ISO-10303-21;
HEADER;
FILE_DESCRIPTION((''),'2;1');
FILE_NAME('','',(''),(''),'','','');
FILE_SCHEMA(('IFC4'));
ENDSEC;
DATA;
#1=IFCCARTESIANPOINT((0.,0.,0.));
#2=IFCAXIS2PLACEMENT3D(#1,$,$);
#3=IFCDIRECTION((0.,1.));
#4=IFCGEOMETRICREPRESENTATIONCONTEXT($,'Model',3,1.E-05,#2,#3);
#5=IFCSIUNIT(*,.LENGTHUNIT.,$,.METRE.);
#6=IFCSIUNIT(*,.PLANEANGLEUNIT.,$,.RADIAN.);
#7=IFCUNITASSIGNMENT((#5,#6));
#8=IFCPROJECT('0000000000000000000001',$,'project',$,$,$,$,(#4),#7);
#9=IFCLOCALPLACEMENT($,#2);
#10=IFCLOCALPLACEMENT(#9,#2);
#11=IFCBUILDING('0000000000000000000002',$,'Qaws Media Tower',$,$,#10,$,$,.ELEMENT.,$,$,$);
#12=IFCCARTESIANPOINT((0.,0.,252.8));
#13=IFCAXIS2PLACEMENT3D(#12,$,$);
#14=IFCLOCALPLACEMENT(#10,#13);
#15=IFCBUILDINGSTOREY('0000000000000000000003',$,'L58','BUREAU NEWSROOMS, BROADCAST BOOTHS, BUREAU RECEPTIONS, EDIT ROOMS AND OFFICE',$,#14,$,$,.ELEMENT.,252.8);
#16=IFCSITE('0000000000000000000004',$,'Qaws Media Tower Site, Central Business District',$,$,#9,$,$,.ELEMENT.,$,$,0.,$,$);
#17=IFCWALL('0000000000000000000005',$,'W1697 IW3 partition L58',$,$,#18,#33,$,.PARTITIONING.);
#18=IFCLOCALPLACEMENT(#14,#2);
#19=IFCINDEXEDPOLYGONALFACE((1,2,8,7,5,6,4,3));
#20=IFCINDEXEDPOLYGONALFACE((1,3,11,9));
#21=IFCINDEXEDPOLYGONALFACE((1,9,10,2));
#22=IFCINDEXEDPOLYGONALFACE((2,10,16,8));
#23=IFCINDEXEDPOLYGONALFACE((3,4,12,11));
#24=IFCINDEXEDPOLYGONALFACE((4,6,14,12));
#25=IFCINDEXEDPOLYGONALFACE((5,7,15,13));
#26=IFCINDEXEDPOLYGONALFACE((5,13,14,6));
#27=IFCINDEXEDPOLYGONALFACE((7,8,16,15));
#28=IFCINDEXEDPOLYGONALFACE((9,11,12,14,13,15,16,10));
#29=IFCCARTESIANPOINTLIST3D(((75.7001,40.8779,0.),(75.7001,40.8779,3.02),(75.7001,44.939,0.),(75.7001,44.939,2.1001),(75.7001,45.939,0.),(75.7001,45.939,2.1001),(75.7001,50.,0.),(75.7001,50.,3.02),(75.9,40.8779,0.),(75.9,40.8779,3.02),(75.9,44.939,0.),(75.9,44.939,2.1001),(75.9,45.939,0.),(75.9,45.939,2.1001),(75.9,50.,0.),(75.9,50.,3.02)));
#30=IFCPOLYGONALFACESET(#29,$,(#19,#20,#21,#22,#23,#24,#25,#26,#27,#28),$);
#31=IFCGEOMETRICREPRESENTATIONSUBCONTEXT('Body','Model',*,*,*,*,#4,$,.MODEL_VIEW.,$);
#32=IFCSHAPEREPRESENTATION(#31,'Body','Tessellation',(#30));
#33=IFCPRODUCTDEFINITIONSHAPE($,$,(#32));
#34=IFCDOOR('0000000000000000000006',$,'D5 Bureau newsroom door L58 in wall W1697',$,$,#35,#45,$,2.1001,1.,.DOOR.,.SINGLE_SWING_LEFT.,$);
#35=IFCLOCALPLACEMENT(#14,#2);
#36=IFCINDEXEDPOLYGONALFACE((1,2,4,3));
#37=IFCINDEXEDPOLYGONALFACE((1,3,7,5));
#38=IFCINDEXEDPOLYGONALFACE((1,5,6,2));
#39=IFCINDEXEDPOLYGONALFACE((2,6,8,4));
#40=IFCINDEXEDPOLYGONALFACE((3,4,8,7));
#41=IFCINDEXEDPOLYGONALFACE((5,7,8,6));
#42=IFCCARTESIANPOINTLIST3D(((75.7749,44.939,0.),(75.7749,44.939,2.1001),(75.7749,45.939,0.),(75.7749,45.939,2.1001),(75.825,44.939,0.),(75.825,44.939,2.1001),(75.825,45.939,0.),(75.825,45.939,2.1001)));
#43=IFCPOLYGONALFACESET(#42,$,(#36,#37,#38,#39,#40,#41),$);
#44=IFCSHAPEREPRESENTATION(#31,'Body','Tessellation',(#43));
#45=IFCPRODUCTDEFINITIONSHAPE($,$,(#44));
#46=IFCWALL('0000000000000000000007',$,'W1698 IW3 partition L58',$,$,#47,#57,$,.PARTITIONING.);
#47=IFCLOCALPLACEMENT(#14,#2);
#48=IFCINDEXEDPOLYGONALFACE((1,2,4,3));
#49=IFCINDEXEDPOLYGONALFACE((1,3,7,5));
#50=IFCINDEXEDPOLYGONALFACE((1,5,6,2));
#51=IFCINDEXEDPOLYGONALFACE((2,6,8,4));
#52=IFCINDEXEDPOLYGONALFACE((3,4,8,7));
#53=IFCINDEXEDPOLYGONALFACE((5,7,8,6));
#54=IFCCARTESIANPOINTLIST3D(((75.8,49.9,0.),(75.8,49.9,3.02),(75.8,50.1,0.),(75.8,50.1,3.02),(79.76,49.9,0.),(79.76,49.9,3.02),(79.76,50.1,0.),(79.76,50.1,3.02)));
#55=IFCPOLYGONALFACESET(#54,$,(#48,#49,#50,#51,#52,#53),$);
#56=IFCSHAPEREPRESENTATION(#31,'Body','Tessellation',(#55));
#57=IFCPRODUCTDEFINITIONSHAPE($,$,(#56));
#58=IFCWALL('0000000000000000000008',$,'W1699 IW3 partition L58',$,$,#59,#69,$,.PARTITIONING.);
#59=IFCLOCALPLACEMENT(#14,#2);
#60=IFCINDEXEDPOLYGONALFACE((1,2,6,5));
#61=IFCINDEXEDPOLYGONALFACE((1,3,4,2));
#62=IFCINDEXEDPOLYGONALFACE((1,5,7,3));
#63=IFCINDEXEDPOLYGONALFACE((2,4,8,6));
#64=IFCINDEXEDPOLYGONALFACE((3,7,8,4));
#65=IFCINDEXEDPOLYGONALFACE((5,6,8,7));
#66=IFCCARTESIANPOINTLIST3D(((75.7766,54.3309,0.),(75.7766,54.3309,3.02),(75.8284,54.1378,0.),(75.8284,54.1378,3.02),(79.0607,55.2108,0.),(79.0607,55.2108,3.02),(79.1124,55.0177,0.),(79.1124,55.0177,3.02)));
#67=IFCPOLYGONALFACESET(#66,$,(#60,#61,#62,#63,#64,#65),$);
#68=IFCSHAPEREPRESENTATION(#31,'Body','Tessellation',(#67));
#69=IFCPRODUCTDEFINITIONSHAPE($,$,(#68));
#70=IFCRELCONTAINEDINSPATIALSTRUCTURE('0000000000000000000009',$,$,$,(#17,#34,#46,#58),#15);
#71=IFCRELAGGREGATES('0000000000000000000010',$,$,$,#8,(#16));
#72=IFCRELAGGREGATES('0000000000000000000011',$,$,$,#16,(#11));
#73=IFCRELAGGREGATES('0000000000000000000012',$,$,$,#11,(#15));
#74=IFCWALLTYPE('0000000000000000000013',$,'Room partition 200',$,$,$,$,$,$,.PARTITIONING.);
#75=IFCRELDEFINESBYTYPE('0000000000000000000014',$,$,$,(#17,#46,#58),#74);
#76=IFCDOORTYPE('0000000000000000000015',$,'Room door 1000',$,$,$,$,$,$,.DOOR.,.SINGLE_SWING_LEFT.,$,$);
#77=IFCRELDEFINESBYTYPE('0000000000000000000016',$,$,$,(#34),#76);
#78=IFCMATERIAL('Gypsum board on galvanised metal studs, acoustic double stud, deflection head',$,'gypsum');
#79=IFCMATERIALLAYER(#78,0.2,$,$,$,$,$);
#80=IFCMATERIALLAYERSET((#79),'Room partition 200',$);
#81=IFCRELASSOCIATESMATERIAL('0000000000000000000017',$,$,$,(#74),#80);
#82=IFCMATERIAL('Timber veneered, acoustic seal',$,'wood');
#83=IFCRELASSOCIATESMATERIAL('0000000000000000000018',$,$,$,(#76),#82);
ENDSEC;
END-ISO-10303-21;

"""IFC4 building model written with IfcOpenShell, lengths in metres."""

from ifc_helpers import new_model, si_unit, direction, frame, frame_2d, origin, place, context, subcontext, project, spatial, rectangle, extrude, material, layer, layer_set, type_object, element, fill, save


model = new_model("IFC4")

# Units and contexts
model_context = context("Model", 3, precision=1e-05, world=origin(), true_north=direction((0.0, 1.0)))
body_context = subcontext(model_context, "Body", "Model", "MODEL_VIEW")
ifc_project = project(units=[si_unit("LENGTHUNIT", "METRE"), si_unit("PLANEANGLEUNIT", "RADIAN")], contexts=[model_context])

# Site, building, storey
site_placement = place(None, origin())
site = spatial("IfcSite", under=ifc_project, at=site_placement, Name="Qaws Media Tower Site, Central Business District", CompositionType="ELEMENT", RefElevation=0.0)
building_placement = place(site_placement, origin())
building = spatial("IfcBuilding", under=site, at=building_placement, Name="Qaws Media Tower", CompositionType="ELEMENT")
storey_placement = place(building_placement, frame((0.0, 0.0, 252.8)))
storey = spatial("IfcBuildingStorey", under=building, at=storey_placement, Name="L58", Description="BUREAU NEWSROOMS, BROADCAST BOOTHS, BUREAU RECEPTIONS, EDIT ROOMS AND OFFICE", CompositionType="ELEMENT", Elevation=252.8)

# Wall, opening, door
ifc_material_1 = material(Name="Gypsum board on galvanised metal studs, acoustic double stud, deflection head", Category="gypsum")
ifc_layer_1 = layer(ifc_material_1, 0.2)
ifc_layer_set_1 = layer_set([ifc_layer_1], Name="Room partition 200")
wall_type_1 = type_object("IfcWallType", Name="Room partition 200", PredefinedType="PARTITIONING", material=ifc_layer_set_1)
wall_1_placement = place(storey_placement, frame((75.8, 50.0, 0.0), z_axis=(0.0, 0.0, 1.0), x_axis=(0.0, -1.0, 0.0)))
wall_1 = element("IfcWall", 1, at=wall_1_placement, inside=storey, type_object=wall_type_1, Name="W1697 IW3 partition L58", PredefinedType="PARTITIONING", context=body_context, shape_type="SweptSolid", body=[
    extrude(rectangle(XDim=9.1221, YDim=0.2, at=frame_2d((4.561, 0.0))), origin(), (0.0, 0.0, 1.0), 3.02),
])
opening_1_placement = place(wall_1_placement, frame((4.061, 0.0, 0.0)))
opening_1 = element("IfcOpeningElement", 2, at=opening_1_placement, cuts=wall_1, PredefinedType="OPENING", context=body_context, shape_type="SweptSolid", body=[
    extrude(rectangle(XDim=1.0, YDim=2.1001, at=frame_2d((0.5, 1.05))), frame((0.0, 0.1099, 0.0), z_axis=(0.0, -1.0, 0.0), x_axis=(1.0, 0.0, 0.0)), (0.0, 0.0, 1.0), 0.22),
])
ifc_material_2 = material(Name="Timber veneered, acoustic seal", Category="wood")
door_type_1 = type_object("IfcDoorType", Name="Room door 1000", OperationType="SINGLE_SWING_LEFT", PredefinedType="DOOR", material=ifc_material_2)
door_1_placement = place(opening_1_placement, origin())
door_1 = element("IfcDoor", 3, at=door_1_placement, inside=storey, type_object=door_type_1, Name="D5 Bureau newsroom door L58 in wall W1697", OperationType="SINGLE_SWING_LEFT", OverallHeight=2.1001, OverallWidth=1.0, PredefinedType="DOOR", context=body_context, shape_type="SweptSolid", body=[
    extrude(rectangle(XDim=1.0, YDim=2.1001, at=frame_2d((0.5, 1.05))), frame((0.0, 0.0249, 0.0), z_axis=(0.0, -1.0, 0.0), x_axis=(1.0, 0.0, 0.0)), (0.0, 0.0, 1.0), 0.05),
])
fill(opening_1, door_1)

# Walls
wall_2_placement = place(storey_placement, frame((75.8, 50.0, 0.0), z_axis=(0.0, 0.0, 1.0), x_axis=(1.0, 0.0, 0.0)))
element("IfcWall", 4, at=wall_2_placement, inside=storey, type_object=wall_type_1, Name="W1698 IW3 partition L58", PredefinedType="PARTITIONING", context=body_context, shape_type="SweptSolid", body=[
    extrude(rectangle(XDim=3.96, YDim=0.2, at=frame_2d((1.98, 0.0))), origin(), (0.0, 0.0, 1.0), 3.02),
])
wall_3_placement = place(storey_placement, frame((75.8025, 54.2344, 0.0), z_axis=(0.0, 0.0, 1.0), x_axis=(0.965934, 0.258789, 0.0)))
element("IfcWall", 5, at=wall_3_placement, inside=storey, type_object=wall_type_1, Name="W1699 IW3 partition L58", PredefinedType="PARTITIONING", context=body_context, shape_type="SweptSolid", body=[
    extrude(rectangle(XDim=3.3999, YDim=0.2, at=frame_2d((1.7, 0.0))), origin(), (0.0, 0.0, 1.0), 3.02),
])

save(model, "model.ifc")
